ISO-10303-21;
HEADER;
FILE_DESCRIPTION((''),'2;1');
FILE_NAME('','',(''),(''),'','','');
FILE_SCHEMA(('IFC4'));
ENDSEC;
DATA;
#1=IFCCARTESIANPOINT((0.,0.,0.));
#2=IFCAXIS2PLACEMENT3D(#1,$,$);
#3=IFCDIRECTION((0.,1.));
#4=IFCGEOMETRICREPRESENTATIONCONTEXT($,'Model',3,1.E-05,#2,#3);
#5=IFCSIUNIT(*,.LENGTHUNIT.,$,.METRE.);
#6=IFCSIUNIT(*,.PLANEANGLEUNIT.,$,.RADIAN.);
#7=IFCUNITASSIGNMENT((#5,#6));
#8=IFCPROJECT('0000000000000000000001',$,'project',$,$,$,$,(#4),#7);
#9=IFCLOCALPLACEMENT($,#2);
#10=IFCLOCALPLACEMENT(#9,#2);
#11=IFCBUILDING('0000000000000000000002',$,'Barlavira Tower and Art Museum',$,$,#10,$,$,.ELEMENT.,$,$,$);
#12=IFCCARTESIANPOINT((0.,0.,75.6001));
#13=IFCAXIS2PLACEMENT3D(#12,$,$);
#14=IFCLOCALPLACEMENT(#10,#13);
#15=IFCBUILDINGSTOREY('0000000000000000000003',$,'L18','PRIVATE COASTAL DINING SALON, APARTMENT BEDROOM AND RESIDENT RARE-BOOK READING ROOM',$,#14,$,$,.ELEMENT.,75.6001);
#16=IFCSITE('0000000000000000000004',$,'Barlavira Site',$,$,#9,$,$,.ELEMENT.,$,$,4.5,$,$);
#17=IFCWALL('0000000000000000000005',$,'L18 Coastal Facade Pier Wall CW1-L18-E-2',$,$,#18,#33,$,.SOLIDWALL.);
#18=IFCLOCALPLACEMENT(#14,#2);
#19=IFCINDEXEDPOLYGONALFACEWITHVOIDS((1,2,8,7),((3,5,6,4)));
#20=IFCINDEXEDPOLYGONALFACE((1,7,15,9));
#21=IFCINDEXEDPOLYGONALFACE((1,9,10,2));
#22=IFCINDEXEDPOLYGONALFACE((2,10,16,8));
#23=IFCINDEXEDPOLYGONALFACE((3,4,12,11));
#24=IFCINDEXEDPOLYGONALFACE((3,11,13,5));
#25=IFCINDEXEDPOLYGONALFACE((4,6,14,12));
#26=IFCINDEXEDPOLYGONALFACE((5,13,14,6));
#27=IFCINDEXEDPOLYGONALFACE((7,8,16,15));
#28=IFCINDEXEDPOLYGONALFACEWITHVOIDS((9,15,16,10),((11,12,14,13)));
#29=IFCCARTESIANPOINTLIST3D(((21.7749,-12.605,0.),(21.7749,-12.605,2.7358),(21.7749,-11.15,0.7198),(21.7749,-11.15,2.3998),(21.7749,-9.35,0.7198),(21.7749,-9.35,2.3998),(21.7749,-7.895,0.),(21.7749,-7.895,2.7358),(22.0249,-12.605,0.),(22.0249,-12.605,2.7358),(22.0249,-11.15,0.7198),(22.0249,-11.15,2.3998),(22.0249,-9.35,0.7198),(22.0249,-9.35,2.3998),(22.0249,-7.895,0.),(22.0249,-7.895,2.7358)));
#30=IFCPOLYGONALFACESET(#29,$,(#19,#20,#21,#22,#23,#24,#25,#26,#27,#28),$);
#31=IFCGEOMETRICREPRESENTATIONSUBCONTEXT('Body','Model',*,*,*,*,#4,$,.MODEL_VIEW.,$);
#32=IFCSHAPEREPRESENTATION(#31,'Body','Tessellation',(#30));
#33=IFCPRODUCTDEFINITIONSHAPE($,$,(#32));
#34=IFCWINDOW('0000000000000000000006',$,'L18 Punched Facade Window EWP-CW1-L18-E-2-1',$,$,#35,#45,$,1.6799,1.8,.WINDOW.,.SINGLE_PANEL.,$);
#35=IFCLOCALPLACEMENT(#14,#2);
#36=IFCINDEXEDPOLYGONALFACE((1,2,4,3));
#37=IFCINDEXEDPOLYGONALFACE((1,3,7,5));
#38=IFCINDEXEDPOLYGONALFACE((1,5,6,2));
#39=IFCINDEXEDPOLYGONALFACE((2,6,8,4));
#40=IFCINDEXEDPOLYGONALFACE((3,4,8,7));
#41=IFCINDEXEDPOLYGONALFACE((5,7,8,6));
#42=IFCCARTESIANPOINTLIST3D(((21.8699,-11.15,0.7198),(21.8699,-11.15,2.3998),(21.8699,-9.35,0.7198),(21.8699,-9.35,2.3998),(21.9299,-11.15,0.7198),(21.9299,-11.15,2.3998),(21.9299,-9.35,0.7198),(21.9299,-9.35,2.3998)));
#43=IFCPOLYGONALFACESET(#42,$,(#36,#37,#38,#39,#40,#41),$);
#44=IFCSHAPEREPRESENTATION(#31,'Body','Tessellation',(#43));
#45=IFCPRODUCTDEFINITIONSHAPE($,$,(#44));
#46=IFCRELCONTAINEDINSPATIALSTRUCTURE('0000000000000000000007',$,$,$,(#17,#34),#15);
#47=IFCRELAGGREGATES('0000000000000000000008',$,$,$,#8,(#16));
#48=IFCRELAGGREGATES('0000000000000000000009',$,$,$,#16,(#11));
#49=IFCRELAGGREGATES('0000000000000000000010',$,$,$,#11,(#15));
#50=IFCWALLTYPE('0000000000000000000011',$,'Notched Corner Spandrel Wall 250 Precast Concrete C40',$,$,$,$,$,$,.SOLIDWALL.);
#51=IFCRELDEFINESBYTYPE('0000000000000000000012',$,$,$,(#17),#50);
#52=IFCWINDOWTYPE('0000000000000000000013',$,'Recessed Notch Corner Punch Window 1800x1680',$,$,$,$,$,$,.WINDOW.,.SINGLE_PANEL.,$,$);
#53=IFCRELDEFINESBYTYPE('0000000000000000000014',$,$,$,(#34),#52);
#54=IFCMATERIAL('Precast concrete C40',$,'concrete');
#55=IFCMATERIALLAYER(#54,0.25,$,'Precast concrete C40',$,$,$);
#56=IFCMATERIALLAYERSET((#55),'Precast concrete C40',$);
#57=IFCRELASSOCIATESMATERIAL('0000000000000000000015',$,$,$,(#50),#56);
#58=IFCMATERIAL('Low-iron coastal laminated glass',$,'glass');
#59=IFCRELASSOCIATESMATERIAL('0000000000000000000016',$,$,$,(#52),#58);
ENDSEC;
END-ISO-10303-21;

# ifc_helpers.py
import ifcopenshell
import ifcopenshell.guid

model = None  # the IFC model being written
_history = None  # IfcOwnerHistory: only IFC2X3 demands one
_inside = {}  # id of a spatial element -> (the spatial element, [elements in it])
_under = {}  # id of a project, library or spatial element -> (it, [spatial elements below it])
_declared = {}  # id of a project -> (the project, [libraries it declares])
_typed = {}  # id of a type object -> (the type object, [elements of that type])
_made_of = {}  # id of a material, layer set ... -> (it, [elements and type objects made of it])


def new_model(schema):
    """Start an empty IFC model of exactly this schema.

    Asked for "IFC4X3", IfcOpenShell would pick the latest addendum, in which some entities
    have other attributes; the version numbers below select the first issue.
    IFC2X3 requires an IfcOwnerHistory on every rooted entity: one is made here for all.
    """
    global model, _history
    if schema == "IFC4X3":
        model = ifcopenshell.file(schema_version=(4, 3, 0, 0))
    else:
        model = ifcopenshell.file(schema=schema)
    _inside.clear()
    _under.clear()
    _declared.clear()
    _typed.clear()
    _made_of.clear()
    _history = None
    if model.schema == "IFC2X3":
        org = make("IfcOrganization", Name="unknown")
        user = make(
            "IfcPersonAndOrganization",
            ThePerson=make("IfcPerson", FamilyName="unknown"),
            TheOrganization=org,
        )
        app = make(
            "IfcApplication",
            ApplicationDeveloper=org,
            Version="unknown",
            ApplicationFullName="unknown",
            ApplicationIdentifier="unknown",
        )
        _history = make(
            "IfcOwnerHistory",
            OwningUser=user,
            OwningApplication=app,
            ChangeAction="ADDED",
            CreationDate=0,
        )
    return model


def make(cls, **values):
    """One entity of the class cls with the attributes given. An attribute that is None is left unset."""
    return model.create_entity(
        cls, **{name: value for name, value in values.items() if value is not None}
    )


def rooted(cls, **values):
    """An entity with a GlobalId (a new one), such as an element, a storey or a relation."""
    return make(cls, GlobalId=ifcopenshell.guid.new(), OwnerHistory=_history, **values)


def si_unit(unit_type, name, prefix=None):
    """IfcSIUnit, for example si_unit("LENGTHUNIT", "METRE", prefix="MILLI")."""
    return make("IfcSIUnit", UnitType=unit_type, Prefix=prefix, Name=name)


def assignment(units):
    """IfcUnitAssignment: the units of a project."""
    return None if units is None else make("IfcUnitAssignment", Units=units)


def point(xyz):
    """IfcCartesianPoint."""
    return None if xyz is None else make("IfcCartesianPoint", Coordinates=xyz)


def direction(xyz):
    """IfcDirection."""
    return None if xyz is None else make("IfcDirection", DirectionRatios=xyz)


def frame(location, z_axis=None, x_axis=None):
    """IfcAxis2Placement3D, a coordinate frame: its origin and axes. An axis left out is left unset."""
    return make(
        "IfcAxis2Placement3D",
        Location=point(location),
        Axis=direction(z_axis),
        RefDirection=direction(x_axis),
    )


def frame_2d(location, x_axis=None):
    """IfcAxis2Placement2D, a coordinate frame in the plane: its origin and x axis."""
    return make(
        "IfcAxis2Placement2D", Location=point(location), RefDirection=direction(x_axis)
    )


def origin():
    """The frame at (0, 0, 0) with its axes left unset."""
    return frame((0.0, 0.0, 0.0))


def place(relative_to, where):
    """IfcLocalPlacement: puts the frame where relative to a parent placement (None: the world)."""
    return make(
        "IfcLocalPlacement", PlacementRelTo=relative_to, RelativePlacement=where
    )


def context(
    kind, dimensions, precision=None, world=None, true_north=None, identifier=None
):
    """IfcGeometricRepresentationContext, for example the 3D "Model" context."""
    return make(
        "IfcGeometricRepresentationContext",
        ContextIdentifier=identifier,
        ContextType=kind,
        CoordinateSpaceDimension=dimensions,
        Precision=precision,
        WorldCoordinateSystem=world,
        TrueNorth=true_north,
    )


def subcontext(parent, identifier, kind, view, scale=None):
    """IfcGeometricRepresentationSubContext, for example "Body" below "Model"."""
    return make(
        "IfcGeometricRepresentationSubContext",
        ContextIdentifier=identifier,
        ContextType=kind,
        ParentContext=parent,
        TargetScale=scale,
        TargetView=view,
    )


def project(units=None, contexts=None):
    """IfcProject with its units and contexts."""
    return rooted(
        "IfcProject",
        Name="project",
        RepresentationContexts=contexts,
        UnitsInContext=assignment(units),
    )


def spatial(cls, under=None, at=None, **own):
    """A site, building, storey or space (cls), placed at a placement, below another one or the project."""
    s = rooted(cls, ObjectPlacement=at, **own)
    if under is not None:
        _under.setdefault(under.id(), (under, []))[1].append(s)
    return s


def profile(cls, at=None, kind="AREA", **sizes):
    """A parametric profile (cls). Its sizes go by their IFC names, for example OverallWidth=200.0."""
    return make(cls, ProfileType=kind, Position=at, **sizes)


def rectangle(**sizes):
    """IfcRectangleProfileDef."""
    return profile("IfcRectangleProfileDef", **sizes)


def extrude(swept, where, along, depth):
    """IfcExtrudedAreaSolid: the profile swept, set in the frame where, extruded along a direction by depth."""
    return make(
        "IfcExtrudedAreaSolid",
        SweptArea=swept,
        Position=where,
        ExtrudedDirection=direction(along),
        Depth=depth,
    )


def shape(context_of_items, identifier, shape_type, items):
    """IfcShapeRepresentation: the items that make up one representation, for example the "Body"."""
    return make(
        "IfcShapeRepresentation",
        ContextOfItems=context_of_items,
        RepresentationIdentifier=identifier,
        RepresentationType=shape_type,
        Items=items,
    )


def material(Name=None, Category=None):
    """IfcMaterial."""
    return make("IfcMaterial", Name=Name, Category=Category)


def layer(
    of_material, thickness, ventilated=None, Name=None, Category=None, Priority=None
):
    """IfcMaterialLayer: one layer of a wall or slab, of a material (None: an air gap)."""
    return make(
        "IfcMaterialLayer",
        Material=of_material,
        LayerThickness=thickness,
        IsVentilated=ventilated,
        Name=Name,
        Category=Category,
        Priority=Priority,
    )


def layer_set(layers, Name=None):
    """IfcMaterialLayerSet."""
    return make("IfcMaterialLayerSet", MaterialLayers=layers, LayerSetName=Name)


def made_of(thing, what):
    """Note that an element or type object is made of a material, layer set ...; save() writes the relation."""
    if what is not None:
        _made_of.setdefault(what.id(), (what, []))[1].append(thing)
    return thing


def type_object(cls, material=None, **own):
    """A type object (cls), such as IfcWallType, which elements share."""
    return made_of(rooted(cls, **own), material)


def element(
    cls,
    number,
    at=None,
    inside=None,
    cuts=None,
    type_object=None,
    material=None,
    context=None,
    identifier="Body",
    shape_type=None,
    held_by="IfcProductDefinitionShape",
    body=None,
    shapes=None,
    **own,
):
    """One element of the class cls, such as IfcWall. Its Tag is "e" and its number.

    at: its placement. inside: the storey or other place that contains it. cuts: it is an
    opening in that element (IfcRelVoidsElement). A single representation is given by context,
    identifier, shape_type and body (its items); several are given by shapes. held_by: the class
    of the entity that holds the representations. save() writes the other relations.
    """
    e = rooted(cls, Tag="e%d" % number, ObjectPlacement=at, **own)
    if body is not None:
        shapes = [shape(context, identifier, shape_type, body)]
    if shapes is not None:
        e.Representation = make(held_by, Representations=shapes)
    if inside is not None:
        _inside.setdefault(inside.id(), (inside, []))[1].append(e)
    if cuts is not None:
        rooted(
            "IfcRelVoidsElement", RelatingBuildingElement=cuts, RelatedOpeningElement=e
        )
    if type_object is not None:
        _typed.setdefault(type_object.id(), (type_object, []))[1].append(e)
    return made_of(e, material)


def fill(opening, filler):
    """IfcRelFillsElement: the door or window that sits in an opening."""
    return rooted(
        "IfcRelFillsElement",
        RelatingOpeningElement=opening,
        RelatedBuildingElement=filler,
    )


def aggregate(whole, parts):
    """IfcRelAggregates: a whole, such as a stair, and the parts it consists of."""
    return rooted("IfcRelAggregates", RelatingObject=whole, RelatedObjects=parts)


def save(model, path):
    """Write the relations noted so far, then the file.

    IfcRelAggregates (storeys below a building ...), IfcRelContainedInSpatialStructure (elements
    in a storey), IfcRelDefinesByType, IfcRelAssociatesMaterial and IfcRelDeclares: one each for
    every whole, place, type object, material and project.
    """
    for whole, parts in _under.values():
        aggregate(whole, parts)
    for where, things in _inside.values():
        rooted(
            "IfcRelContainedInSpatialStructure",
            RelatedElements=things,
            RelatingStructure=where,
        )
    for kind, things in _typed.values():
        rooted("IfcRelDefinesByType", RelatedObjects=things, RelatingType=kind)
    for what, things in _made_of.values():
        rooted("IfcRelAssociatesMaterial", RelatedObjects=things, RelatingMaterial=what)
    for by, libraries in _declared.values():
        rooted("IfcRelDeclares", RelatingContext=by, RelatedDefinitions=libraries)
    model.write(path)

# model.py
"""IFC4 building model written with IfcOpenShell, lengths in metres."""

from ifc_helpers import new_model, si_unit, direction, frame, frame_2d, origin, place, context, subcontext, project, spatial, rectangle, extrude, material, layer, layer_set, type_object, element, fill, save


model = new_model("IFC4")

# Units and contexts
model_context = context("Model", 3, precision=1e-05, world=origin(), true_north=direction((0.0, 1.0)))
body_context = subcontext(model_context, "Body", "Model", "MODEL_VIEW")
ifc_project = project(units=[si_unit("LENGTHUNIT", "METRE"), si_unit("PLANEANGLEUNIT", "RADIAN")], contexts=[model_context])

# Site, building, storey
site_placement = place(None, origin())
site = spatial("IfcSite", under=ifc_project, at=site_placement, Name="Barlavira Site", CompositionType="ELEMENT", RefElevation=4.5)
building_placement = place(site_placement, origin())
building = spatial("IfcBuilding", under=site, at=building_placement, Name="Barlavira Tower and Art Museum", CompositionType="ELEMENT")
storey_placement = place(building_placement, frame((0.0, 0.0, 75.6001)))
storey = spatial("IfcBuildingStorey", under=building, at=storey_placement, Name="L18", Description="PRIVATE COASTAL DINING SALON, APARTMENT BEDROOM AND RESIDENT RARE-BOOK READING ROOM", CompositionType="ELEMENT", Elevation=75.6001)

# Wall, opening, window
ifc_material_1 = material(Name="Precast concrete C40", Category="concrete")
ifc_layer_1 = layer(ifc_material_1, 0.25, Name="Precast concrete C40")
ifc_layer_set_1 = layer_set([ifc_layer_1], Name="Precast concrete C40")
wall_type_1 = type_object("IfcWallType", Name="Notched Corner Spandrel Wall 250 Precast Concrete C40", PredefinedType="SOLIDWALL", material=ifc_layer_set_1)
wall_1_placement = place(storey_placement, frame((21.8999, -12.605, 0.0), z_axis=(0.0, 0.0, 1.0), x_axis=(0.0, 1.0, 0.0)))
wall_1 = element("IfcWall", 1, at=wall_1_placement, inside=storey, type_object=wall_type_1, Name="L18 Coastal Facade Pier Wall CW1-L18-E-2", PredefinedType="SOLIDWALL", context=body_context, shape_type="SweptSolid", body=[
    extrude(rectangle(XDim=4.71, YDim=0.25, at=frame_2d((2.355, 0.0))), origin(), (0.0, 0.0, 1.0), 2.7358),
])
opening_placement = place(wall_1_placement, frame((1.4551, 0.0, 0.72)))
opening = element("IfcOpeningElement", 2, at=opening_placement, cuts=wall_1, PredefinedType="OPENING", context=body_context, shape_type="SweptSolid", body=[
    extrude(rectangle(XDim=1.8, YDim=1.6799, at=frame_2d((0.8999, 0.8398))), frame((0.0, 0.135, 0.0), z_axis=(0.0, -1.0, 0.0), x_axis=(1.0, 0.0, 0.0)), (0.0, 0.0, 1.0), 0.27),
])
ifc_material_2 = material(Name="Low-iron coastal laminated glass", Category="glass")
window_type = type_object("IfcWindowType", Name="Recessed Notch Corner Punch Window 1800x1680", PartitioningType="SINGLE_PANEL", PredefinedType="WINDOW", material=ifc_material_2)
window_placement = place(opening_placement, origin())
window = element("IfcWindow", 3, at=window_placement, inside=storey, type_object=window_type, Name="L18 Punched Facade Window EWP-CW1-L18-E-2-1", OverallHeight=1.6799, OverallWidth=1.8, PartitioningType="SINGLE_PANEL", PredefinedType="WINDOW", context=body_context, shape_type="SweptSolid", body=[
    extrude(rectangle(XDim=1.8, YDim=1.6799, at=frame_2d((0.8999, 0.8398))), frame((0.0, 0.03, 0.0), z_axis=(0.0, -1.0, 0.0), x_axis=(1.0, 0.0, 0.0)), (0.0, 0.0, 1.0), 0.0601),
])
fill(opening, window)

save(model, "model.ifc")
